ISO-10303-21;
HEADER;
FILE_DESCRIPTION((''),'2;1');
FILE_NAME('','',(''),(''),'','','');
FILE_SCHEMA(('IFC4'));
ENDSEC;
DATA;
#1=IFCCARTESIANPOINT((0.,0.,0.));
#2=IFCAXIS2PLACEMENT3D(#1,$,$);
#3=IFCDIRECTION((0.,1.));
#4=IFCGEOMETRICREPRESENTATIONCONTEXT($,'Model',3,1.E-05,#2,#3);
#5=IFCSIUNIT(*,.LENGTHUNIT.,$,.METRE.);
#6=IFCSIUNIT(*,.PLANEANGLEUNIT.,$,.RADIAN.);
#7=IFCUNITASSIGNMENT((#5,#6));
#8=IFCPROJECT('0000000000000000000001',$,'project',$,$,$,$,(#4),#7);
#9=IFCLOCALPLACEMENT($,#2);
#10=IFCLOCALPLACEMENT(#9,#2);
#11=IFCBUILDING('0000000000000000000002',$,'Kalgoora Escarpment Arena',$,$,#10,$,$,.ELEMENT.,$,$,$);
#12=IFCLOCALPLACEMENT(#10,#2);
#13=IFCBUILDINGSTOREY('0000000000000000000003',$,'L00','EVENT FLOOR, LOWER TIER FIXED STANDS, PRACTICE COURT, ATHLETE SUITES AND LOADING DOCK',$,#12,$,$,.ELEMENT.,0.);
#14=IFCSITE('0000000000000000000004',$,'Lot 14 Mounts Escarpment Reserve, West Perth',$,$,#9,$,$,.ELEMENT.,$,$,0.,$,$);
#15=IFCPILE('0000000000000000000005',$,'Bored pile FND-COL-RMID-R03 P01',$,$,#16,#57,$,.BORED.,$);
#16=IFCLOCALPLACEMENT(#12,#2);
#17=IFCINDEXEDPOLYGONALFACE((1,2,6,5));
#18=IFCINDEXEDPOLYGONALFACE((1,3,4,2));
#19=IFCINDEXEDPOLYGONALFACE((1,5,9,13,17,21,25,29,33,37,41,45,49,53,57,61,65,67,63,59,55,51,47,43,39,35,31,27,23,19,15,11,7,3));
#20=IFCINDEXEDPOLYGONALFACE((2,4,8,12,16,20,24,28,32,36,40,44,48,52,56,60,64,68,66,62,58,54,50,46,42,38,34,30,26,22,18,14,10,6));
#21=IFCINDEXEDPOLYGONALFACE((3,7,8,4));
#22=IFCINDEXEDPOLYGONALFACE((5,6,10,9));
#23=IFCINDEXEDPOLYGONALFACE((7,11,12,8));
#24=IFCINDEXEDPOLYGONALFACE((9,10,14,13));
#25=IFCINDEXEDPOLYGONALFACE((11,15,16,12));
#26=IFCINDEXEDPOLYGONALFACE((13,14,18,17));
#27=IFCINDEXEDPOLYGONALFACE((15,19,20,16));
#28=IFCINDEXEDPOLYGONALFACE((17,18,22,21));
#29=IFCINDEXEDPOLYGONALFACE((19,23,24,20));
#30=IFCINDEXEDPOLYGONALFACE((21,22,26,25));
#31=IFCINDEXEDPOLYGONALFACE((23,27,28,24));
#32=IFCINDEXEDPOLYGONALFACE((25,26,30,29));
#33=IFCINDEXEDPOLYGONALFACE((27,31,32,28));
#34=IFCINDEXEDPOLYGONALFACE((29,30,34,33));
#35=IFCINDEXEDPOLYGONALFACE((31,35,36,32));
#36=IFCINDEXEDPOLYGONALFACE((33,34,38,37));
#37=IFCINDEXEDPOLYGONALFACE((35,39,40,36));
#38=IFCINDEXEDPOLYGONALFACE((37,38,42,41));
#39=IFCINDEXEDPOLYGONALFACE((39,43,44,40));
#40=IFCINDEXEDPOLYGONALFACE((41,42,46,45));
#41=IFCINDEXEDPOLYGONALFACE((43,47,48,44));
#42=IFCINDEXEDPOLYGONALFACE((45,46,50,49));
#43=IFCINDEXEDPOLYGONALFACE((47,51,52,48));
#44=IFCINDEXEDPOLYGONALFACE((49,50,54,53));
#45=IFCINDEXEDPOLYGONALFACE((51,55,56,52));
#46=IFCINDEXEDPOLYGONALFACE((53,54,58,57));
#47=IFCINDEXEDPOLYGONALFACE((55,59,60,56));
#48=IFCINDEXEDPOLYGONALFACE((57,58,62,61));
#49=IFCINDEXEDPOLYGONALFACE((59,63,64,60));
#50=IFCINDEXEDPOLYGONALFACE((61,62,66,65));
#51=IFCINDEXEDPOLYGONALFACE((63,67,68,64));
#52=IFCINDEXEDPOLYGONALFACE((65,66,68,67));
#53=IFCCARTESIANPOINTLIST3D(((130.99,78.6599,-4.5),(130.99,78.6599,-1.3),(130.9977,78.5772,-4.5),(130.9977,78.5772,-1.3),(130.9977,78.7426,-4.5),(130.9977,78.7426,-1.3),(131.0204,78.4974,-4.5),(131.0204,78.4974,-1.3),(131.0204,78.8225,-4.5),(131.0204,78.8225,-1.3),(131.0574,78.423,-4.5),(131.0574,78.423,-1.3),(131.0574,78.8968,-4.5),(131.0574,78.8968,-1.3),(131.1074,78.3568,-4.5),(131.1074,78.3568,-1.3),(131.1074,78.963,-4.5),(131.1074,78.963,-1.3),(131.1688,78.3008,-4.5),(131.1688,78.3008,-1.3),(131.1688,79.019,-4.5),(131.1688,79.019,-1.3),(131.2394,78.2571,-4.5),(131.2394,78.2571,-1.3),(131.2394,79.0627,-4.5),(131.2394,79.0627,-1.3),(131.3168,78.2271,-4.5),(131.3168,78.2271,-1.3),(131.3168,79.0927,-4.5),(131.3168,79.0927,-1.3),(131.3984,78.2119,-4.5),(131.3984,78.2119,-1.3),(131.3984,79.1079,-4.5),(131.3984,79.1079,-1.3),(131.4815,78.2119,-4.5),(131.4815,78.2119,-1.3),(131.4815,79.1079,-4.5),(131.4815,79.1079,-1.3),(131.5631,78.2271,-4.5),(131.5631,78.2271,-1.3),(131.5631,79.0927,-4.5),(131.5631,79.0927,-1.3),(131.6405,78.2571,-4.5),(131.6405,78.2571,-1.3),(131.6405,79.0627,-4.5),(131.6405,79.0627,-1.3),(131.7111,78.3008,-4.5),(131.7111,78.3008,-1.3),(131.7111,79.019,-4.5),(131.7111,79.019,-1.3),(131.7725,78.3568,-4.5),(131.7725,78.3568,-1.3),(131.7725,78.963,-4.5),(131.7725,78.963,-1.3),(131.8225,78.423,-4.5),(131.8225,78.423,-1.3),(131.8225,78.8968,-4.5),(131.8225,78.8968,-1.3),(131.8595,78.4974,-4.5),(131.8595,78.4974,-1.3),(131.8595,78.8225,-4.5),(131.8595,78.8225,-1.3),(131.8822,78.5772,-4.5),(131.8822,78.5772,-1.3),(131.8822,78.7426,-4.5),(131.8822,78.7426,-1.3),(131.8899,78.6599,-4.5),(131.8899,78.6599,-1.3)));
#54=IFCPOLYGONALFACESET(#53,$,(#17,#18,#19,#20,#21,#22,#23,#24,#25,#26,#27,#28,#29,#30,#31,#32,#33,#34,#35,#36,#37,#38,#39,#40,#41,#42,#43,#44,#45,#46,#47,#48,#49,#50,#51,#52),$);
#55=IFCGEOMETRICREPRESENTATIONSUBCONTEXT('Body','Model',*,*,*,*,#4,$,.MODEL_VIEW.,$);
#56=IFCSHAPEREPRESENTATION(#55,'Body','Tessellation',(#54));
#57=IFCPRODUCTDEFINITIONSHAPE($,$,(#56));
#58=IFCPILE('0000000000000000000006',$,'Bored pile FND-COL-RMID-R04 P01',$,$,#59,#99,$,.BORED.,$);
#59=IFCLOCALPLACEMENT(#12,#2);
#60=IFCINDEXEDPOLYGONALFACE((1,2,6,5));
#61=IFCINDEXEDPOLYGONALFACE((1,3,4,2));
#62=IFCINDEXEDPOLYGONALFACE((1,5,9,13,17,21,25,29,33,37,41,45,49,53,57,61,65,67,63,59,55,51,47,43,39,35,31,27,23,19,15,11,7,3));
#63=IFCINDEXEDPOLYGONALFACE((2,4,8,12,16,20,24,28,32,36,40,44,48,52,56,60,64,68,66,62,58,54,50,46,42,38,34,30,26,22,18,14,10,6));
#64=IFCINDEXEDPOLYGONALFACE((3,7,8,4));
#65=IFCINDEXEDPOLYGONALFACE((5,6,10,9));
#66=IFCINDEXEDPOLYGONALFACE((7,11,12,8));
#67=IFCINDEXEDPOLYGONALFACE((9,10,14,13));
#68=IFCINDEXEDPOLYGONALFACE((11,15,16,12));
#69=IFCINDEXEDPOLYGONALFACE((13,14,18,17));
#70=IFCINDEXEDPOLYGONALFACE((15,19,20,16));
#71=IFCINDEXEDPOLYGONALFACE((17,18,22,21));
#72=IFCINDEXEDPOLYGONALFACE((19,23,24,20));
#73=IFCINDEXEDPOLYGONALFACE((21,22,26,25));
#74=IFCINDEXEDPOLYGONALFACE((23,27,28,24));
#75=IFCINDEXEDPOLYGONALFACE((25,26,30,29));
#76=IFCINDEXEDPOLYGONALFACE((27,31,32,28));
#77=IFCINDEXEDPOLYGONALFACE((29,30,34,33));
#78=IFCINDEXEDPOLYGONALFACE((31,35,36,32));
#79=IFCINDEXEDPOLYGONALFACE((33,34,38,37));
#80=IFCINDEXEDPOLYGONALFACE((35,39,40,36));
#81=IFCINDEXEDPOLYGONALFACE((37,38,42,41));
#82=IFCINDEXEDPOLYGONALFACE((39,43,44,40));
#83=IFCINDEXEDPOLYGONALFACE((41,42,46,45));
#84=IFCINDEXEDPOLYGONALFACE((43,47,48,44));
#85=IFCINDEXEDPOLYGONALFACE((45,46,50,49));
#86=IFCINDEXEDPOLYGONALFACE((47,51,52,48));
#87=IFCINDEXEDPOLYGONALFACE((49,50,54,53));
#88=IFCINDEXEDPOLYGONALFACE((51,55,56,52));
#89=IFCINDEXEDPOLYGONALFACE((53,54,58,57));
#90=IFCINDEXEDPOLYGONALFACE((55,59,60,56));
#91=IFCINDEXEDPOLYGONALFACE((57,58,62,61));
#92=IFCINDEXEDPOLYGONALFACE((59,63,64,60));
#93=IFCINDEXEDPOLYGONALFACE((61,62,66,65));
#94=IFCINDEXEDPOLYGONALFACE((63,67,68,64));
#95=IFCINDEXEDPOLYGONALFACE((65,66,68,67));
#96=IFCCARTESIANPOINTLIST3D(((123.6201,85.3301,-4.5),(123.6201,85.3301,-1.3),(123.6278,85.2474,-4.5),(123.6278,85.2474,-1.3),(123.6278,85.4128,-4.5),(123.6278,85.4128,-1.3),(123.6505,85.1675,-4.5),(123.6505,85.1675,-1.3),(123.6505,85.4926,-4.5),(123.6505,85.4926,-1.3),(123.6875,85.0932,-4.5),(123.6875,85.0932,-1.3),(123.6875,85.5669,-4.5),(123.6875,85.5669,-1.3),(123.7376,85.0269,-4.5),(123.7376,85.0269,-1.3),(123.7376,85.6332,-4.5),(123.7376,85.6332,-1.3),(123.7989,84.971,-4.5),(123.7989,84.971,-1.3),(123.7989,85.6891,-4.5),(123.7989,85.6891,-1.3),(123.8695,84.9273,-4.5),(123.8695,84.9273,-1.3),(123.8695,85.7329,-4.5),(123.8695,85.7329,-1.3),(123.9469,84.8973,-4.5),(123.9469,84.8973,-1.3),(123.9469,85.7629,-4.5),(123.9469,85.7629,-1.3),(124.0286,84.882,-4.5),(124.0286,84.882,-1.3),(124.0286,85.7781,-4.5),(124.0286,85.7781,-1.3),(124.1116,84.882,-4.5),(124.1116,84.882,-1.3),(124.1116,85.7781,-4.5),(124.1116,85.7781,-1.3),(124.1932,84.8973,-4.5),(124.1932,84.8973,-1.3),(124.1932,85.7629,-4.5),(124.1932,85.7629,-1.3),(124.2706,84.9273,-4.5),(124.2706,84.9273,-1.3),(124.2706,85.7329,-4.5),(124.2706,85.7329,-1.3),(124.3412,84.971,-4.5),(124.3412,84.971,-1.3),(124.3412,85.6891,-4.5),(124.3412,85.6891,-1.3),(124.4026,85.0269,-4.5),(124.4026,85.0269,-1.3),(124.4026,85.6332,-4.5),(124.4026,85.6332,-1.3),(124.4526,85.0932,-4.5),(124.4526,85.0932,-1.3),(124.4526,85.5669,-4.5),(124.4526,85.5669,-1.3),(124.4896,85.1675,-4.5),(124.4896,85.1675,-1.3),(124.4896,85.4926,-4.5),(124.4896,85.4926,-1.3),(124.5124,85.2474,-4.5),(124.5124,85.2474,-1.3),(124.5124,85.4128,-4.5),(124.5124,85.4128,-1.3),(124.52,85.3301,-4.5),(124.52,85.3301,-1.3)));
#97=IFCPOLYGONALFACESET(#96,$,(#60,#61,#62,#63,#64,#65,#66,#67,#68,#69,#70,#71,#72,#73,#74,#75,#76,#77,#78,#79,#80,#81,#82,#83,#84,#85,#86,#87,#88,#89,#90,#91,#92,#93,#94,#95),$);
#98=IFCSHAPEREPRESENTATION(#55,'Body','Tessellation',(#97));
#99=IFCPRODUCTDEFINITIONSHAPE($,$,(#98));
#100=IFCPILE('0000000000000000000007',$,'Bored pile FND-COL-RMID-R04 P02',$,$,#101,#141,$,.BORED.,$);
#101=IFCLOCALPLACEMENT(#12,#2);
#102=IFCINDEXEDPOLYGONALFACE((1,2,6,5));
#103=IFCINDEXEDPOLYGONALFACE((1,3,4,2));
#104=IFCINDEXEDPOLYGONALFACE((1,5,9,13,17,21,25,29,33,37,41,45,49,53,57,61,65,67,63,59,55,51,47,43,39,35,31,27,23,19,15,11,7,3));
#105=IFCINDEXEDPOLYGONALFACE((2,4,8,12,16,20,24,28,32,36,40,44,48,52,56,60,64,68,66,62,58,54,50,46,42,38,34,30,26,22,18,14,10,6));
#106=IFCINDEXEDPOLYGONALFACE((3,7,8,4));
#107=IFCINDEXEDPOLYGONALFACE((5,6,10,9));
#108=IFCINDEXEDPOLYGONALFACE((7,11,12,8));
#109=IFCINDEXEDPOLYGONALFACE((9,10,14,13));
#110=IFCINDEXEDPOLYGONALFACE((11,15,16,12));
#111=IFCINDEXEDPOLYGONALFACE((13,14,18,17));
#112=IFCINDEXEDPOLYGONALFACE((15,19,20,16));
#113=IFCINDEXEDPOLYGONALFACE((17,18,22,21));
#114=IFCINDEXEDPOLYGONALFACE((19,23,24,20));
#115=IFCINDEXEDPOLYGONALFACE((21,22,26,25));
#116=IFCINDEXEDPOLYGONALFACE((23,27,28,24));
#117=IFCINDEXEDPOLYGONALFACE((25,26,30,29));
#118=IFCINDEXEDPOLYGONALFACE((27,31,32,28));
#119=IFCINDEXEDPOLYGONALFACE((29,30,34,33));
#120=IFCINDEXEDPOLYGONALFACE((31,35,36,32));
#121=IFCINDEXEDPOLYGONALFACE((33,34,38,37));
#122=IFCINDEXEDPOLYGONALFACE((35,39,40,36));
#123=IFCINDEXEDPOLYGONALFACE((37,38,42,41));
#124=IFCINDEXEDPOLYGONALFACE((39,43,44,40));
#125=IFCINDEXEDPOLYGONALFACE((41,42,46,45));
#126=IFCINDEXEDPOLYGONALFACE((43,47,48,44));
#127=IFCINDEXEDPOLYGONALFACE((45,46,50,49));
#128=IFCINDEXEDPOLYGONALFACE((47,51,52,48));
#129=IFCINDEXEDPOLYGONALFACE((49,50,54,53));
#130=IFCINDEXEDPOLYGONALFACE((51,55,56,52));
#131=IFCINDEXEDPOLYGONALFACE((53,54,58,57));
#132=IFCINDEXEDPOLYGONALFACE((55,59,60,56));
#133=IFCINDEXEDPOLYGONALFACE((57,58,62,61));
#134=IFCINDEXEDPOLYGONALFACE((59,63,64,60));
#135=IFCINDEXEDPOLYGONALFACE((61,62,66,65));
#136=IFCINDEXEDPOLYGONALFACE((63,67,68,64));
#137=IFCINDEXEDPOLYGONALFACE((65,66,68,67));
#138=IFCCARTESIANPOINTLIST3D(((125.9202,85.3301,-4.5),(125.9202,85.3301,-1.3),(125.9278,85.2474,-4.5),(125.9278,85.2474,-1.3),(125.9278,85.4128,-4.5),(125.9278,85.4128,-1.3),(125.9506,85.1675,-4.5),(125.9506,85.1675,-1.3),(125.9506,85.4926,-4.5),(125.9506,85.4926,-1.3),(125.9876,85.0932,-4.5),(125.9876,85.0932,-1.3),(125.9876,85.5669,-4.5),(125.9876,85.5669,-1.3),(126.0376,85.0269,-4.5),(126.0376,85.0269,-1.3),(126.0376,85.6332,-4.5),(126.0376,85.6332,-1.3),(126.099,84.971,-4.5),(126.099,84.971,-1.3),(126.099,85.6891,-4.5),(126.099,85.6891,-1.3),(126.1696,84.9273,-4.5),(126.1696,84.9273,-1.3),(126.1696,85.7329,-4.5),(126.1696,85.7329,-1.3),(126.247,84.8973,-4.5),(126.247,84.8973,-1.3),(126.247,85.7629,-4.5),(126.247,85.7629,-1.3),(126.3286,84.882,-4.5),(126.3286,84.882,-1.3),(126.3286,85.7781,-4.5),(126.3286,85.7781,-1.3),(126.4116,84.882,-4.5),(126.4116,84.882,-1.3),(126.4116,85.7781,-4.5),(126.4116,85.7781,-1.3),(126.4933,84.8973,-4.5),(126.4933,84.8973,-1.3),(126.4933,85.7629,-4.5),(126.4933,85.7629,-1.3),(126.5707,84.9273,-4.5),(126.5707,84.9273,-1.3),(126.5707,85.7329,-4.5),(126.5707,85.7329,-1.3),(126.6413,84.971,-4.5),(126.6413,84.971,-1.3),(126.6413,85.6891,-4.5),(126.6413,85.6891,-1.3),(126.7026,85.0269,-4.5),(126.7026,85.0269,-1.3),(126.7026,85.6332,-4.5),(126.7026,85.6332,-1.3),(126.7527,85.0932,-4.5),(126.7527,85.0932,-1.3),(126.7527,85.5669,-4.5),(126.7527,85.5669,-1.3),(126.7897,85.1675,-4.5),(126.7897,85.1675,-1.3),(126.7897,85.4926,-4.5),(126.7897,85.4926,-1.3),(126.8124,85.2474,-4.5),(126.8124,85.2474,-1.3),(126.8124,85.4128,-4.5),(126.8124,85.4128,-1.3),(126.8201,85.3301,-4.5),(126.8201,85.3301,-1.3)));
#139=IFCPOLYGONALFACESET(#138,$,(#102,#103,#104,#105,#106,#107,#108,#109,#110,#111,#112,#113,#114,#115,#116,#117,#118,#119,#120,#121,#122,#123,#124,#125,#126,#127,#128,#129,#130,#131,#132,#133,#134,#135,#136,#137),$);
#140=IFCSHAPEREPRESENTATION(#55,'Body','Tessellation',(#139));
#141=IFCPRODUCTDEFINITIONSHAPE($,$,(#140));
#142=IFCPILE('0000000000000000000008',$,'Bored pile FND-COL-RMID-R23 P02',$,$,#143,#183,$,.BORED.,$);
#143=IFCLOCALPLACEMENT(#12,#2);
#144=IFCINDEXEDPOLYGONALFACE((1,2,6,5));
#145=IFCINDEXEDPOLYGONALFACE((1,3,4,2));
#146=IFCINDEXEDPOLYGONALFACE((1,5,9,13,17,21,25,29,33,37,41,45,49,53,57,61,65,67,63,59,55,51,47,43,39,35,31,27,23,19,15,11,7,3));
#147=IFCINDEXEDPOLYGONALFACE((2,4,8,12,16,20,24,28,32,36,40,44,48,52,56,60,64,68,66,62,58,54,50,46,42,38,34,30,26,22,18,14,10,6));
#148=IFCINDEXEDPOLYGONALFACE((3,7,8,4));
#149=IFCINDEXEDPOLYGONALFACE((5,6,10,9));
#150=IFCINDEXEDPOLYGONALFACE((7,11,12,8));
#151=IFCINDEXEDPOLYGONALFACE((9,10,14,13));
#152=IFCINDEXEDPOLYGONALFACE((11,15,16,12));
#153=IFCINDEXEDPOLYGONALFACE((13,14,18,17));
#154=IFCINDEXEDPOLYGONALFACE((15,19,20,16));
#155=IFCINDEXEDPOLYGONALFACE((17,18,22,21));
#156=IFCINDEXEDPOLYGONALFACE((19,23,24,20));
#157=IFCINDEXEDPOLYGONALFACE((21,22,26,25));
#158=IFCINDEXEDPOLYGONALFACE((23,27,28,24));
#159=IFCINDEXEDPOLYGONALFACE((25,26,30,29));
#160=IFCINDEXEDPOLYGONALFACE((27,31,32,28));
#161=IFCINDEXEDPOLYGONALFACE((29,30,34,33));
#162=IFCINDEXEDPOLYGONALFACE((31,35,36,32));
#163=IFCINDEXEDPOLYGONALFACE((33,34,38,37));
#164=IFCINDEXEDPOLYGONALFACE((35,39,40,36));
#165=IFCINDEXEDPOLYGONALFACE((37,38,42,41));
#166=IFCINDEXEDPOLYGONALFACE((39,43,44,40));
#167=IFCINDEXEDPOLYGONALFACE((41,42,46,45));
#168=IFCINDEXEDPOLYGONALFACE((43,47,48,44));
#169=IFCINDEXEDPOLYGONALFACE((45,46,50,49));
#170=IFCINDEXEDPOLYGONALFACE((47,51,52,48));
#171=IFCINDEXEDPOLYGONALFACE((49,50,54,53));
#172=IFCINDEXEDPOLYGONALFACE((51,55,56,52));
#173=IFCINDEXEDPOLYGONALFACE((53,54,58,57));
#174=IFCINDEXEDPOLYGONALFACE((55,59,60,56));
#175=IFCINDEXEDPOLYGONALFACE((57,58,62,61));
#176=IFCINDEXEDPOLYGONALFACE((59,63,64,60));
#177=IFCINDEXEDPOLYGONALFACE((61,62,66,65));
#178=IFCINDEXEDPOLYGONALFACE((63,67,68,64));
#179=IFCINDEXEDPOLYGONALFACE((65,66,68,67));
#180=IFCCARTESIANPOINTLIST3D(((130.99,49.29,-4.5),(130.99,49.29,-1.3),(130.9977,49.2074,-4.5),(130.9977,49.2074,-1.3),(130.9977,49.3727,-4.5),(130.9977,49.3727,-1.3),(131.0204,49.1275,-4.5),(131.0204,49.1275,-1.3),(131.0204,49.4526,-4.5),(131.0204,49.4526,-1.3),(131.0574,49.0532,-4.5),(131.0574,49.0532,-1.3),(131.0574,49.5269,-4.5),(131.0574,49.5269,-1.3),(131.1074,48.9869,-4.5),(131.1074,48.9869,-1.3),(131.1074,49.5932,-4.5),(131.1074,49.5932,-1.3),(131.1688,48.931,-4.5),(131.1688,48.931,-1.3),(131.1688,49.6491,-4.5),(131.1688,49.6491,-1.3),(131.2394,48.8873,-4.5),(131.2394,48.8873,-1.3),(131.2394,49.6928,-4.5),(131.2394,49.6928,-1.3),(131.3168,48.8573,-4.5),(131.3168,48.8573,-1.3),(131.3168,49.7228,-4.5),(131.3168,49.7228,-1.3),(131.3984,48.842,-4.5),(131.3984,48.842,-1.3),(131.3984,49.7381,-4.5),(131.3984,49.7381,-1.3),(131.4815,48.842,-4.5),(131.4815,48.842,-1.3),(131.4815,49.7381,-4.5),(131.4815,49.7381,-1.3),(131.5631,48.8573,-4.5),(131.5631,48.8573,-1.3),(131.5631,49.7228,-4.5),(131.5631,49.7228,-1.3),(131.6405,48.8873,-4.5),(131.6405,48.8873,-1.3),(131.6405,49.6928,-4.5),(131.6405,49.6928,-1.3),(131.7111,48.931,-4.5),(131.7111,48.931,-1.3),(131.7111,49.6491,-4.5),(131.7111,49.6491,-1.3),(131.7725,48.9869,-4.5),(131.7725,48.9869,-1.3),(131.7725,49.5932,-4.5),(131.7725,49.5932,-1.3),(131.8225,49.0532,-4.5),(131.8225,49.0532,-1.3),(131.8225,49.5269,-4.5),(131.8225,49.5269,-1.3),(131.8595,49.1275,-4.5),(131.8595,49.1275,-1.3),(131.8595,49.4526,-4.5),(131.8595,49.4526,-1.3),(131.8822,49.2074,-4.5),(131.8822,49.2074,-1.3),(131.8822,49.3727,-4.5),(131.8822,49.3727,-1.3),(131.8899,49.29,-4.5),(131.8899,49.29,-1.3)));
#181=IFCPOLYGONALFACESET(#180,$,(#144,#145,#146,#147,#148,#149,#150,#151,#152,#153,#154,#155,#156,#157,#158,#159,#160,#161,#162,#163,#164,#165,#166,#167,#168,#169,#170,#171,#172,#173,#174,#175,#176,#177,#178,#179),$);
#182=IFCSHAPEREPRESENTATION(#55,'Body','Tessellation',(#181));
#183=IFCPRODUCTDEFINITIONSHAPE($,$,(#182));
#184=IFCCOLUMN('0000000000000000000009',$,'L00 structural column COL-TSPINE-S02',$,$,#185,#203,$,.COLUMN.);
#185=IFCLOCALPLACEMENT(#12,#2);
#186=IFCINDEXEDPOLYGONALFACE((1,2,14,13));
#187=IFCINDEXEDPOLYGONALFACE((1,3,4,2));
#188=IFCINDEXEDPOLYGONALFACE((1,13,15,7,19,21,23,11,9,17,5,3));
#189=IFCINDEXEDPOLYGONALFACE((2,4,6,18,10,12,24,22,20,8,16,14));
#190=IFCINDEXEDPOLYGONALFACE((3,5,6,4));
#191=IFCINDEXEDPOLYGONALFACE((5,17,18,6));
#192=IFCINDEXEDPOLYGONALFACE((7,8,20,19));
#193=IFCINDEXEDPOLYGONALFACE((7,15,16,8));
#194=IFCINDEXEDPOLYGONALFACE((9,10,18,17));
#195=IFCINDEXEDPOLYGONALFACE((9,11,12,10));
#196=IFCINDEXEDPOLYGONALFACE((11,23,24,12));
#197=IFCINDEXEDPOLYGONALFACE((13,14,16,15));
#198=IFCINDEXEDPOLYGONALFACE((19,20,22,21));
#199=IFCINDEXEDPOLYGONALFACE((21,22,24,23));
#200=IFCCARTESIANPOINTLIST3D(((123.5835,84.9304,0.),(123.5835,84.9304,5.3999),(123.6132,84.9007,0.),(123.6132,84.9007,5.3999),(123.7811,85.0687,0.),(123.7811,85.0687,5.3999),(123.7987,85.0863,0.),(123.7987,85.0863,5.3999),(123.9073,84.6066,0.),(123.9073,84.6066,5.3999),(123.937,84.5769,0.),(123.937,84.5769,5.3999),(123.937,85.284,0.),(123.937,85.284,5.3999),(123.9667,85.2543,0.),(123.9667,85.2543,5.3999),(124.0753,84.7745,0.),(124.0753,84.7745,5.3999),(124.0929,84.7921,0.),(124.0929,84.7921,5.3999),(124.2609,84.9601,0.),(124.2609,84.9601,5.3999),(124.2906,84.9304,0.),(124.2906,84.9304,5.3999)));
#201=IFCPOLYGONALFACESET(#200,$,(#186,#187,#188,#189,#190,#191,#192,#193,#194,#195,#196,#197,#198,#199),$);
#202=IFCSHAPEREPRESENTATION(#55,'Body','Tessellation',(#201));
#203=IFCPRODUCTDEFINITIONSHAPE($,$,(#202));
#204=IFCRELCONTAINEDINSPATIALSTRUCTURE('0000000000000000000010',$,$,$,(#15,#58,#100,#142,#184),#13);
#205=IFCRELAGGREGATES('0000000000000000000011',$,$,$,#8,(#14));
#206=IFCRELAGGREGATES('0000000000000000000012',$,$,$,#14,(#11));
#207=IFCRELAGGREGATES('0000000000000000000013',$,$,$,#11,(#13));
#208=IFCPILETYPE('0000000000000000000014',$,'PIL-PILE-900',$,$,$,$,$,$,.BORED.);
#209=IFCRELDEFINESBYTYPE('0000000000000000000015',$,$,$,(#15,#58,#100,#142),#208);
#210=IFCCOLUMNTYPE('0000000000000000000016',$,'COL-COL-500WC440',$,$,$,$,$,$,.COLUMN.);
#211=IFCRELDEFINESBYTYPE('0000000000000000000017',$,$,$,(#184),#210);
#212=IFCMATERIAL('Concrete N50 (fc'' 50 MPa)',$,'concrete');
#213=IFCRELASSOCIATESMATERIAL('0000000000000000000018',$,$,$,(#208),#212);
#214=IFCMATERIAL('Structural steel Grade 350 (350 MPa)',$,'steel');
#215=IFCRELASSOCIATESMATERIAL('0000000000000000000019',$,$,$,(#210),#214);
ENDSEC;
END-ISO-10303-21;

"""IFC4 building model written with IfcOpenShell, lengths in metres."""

from ifc_helpers import new_model, si_unit, direction, frame, origin, origin_2d, place, context, subcontext, project, spatial, circle, i_section, extrude, material, material_profile, profile_set, type_object, element, save


model = new_model("IFC4")

# Units and contexts
model_context = context("Model", 3, precision=1e-05, world=origin(), true_north=direction((0.0, 1.0)))
body_context = subcontext(model_context, "Body", "Model", "MODEL_VIEW")
ifc_project = project(units=[si_unit("LENGTHUNIT", "METRE"), si_unit("PLANEANGLEUNIT", "RADIAN")], contexts=[model_context])

# Site, building, storey
site_placement = place(None, origin())
site = spatial("IfcSite", under=ifc_project, at=site_placement, Name="Lot 14 Mounts Escarpment Reserve, West Perth", CompositionType="ELEMENT", RefElevation=0.0)
building_placement = place(site_placement, origin())
building = spatial("IfcBuilding", under=site, at=building_placement, Name="Kalgoora Escarpment Arena", CompositionType="ELEMENT")
storey_placement = place(building_placement, origin())
storey = spatial("IfcBuildingStorey", under=building, at=storey_placement, Name="L00", Description="EVENT FLOOR, LOWER TIER FIXED STANDS, PRACTICE COURT, ATHLETE SUITES AND LOADING DOCK", CompositionType="ELEMENT", Elevation=0.0)

# Piles
ifc_material_1 = material(Name="Concrete N50 (fc' 50 MPa)", Category="concrete")
ifc_material_profile_1 = material_profile(ifc_material_1, circle(Radius=0.45, at=origin_2d()))
ifc_profile_set_1 = profile_set([ifc_material_profile_1], Name="Concrete N50 (fc' 50 MPa)")
pile_type = type_object("IfcPileType", Name="PIL-PILE-900", PredefinedType="BORED", material=ifc_profile_set_1)
for number, where, z_axis, x_axis, name in (
    (1, (131.4399, 78.6599, -1.3), (0.0, 0.0, -1.0), (1.0, 0.0, 0.0), "Bored pile FND-COL-RMID-R03 P01"),
    (2, (124.0701, 85.3301, -1.3), (0.0, 0.0, -1.0), (1.0, 0.0, 0.0), "Bored pile FND-COL-RMID-R04 P01"),
    (3, (126.3701, 85.3301, -1.3), (0.0, 0.0, -1.0), (1.0, 0.0, 0.0), "Bored pile FND-COL-RMID-R04 P02"),
    (4, (131.4399, 49.29, -1.3), (0.0, 0.0, -1.0), (1.0, 0.0, 0.0), "Bored pile FND-COL-RMID-R23 P02"),
):
    element("IfcPile", number, at=place(storey_placement, frame(where, z_axis=z_axis, x_axis=x_axis)), inside=storey, type_object=pile_type, Name=name, PredefinedType="BORED", context=body_context, shape_type="SweptSolid", body=[
        extrude(circle(Radius=0.45, at=origin_2d()), origin(), (0.0, 0.0, 1.0), 3.2),
    ])

# Column
ifc_material_2 = material(Name="Structural steel Grade 350 (350 MPa)", Category="steel")
ifc_material_profile_2 = material_profile(ifc_material_2, i_section(OverallWidth=0.5, OverallDepth=0.5, WebThickness=0.0249, FlangeThickness=0.042, at=origin_2d()))
ifc_profile_set_2 = profile_set([ifc_material_profile_2], Name="Structural steel Grade 350 (350 MPa)")
column_type = type_object("IfcColumnType", Name="COL-COL-500WC440", PredefinedType="COLUMN", material=ifc_profile_set_2)
column_placement = place(storey_placement, frame((123.937, 84.9304, 0.0), z_axis=(0.0, 0.0, 1.0), x_axis=(0.707107, 0.707107, 0.0)))
element("IfcColumn", 5, at=column_placement, inside=storey, type_object=column_type, Name="L00 structural column COL-TSPINE-S02", PredefinedType="COLUMN", context=body_context, shape_type="SweptSolid", body=[
    extrude(i_section(OverallWidth=0.5, OverallDepth=0.5, WebThickness=0.0249, FlangeThickness=0.042, at=origin_2d()), origin(), (0.0, 0.0, 1.0), 5.3999),
])

save(model, "model.ifc")
